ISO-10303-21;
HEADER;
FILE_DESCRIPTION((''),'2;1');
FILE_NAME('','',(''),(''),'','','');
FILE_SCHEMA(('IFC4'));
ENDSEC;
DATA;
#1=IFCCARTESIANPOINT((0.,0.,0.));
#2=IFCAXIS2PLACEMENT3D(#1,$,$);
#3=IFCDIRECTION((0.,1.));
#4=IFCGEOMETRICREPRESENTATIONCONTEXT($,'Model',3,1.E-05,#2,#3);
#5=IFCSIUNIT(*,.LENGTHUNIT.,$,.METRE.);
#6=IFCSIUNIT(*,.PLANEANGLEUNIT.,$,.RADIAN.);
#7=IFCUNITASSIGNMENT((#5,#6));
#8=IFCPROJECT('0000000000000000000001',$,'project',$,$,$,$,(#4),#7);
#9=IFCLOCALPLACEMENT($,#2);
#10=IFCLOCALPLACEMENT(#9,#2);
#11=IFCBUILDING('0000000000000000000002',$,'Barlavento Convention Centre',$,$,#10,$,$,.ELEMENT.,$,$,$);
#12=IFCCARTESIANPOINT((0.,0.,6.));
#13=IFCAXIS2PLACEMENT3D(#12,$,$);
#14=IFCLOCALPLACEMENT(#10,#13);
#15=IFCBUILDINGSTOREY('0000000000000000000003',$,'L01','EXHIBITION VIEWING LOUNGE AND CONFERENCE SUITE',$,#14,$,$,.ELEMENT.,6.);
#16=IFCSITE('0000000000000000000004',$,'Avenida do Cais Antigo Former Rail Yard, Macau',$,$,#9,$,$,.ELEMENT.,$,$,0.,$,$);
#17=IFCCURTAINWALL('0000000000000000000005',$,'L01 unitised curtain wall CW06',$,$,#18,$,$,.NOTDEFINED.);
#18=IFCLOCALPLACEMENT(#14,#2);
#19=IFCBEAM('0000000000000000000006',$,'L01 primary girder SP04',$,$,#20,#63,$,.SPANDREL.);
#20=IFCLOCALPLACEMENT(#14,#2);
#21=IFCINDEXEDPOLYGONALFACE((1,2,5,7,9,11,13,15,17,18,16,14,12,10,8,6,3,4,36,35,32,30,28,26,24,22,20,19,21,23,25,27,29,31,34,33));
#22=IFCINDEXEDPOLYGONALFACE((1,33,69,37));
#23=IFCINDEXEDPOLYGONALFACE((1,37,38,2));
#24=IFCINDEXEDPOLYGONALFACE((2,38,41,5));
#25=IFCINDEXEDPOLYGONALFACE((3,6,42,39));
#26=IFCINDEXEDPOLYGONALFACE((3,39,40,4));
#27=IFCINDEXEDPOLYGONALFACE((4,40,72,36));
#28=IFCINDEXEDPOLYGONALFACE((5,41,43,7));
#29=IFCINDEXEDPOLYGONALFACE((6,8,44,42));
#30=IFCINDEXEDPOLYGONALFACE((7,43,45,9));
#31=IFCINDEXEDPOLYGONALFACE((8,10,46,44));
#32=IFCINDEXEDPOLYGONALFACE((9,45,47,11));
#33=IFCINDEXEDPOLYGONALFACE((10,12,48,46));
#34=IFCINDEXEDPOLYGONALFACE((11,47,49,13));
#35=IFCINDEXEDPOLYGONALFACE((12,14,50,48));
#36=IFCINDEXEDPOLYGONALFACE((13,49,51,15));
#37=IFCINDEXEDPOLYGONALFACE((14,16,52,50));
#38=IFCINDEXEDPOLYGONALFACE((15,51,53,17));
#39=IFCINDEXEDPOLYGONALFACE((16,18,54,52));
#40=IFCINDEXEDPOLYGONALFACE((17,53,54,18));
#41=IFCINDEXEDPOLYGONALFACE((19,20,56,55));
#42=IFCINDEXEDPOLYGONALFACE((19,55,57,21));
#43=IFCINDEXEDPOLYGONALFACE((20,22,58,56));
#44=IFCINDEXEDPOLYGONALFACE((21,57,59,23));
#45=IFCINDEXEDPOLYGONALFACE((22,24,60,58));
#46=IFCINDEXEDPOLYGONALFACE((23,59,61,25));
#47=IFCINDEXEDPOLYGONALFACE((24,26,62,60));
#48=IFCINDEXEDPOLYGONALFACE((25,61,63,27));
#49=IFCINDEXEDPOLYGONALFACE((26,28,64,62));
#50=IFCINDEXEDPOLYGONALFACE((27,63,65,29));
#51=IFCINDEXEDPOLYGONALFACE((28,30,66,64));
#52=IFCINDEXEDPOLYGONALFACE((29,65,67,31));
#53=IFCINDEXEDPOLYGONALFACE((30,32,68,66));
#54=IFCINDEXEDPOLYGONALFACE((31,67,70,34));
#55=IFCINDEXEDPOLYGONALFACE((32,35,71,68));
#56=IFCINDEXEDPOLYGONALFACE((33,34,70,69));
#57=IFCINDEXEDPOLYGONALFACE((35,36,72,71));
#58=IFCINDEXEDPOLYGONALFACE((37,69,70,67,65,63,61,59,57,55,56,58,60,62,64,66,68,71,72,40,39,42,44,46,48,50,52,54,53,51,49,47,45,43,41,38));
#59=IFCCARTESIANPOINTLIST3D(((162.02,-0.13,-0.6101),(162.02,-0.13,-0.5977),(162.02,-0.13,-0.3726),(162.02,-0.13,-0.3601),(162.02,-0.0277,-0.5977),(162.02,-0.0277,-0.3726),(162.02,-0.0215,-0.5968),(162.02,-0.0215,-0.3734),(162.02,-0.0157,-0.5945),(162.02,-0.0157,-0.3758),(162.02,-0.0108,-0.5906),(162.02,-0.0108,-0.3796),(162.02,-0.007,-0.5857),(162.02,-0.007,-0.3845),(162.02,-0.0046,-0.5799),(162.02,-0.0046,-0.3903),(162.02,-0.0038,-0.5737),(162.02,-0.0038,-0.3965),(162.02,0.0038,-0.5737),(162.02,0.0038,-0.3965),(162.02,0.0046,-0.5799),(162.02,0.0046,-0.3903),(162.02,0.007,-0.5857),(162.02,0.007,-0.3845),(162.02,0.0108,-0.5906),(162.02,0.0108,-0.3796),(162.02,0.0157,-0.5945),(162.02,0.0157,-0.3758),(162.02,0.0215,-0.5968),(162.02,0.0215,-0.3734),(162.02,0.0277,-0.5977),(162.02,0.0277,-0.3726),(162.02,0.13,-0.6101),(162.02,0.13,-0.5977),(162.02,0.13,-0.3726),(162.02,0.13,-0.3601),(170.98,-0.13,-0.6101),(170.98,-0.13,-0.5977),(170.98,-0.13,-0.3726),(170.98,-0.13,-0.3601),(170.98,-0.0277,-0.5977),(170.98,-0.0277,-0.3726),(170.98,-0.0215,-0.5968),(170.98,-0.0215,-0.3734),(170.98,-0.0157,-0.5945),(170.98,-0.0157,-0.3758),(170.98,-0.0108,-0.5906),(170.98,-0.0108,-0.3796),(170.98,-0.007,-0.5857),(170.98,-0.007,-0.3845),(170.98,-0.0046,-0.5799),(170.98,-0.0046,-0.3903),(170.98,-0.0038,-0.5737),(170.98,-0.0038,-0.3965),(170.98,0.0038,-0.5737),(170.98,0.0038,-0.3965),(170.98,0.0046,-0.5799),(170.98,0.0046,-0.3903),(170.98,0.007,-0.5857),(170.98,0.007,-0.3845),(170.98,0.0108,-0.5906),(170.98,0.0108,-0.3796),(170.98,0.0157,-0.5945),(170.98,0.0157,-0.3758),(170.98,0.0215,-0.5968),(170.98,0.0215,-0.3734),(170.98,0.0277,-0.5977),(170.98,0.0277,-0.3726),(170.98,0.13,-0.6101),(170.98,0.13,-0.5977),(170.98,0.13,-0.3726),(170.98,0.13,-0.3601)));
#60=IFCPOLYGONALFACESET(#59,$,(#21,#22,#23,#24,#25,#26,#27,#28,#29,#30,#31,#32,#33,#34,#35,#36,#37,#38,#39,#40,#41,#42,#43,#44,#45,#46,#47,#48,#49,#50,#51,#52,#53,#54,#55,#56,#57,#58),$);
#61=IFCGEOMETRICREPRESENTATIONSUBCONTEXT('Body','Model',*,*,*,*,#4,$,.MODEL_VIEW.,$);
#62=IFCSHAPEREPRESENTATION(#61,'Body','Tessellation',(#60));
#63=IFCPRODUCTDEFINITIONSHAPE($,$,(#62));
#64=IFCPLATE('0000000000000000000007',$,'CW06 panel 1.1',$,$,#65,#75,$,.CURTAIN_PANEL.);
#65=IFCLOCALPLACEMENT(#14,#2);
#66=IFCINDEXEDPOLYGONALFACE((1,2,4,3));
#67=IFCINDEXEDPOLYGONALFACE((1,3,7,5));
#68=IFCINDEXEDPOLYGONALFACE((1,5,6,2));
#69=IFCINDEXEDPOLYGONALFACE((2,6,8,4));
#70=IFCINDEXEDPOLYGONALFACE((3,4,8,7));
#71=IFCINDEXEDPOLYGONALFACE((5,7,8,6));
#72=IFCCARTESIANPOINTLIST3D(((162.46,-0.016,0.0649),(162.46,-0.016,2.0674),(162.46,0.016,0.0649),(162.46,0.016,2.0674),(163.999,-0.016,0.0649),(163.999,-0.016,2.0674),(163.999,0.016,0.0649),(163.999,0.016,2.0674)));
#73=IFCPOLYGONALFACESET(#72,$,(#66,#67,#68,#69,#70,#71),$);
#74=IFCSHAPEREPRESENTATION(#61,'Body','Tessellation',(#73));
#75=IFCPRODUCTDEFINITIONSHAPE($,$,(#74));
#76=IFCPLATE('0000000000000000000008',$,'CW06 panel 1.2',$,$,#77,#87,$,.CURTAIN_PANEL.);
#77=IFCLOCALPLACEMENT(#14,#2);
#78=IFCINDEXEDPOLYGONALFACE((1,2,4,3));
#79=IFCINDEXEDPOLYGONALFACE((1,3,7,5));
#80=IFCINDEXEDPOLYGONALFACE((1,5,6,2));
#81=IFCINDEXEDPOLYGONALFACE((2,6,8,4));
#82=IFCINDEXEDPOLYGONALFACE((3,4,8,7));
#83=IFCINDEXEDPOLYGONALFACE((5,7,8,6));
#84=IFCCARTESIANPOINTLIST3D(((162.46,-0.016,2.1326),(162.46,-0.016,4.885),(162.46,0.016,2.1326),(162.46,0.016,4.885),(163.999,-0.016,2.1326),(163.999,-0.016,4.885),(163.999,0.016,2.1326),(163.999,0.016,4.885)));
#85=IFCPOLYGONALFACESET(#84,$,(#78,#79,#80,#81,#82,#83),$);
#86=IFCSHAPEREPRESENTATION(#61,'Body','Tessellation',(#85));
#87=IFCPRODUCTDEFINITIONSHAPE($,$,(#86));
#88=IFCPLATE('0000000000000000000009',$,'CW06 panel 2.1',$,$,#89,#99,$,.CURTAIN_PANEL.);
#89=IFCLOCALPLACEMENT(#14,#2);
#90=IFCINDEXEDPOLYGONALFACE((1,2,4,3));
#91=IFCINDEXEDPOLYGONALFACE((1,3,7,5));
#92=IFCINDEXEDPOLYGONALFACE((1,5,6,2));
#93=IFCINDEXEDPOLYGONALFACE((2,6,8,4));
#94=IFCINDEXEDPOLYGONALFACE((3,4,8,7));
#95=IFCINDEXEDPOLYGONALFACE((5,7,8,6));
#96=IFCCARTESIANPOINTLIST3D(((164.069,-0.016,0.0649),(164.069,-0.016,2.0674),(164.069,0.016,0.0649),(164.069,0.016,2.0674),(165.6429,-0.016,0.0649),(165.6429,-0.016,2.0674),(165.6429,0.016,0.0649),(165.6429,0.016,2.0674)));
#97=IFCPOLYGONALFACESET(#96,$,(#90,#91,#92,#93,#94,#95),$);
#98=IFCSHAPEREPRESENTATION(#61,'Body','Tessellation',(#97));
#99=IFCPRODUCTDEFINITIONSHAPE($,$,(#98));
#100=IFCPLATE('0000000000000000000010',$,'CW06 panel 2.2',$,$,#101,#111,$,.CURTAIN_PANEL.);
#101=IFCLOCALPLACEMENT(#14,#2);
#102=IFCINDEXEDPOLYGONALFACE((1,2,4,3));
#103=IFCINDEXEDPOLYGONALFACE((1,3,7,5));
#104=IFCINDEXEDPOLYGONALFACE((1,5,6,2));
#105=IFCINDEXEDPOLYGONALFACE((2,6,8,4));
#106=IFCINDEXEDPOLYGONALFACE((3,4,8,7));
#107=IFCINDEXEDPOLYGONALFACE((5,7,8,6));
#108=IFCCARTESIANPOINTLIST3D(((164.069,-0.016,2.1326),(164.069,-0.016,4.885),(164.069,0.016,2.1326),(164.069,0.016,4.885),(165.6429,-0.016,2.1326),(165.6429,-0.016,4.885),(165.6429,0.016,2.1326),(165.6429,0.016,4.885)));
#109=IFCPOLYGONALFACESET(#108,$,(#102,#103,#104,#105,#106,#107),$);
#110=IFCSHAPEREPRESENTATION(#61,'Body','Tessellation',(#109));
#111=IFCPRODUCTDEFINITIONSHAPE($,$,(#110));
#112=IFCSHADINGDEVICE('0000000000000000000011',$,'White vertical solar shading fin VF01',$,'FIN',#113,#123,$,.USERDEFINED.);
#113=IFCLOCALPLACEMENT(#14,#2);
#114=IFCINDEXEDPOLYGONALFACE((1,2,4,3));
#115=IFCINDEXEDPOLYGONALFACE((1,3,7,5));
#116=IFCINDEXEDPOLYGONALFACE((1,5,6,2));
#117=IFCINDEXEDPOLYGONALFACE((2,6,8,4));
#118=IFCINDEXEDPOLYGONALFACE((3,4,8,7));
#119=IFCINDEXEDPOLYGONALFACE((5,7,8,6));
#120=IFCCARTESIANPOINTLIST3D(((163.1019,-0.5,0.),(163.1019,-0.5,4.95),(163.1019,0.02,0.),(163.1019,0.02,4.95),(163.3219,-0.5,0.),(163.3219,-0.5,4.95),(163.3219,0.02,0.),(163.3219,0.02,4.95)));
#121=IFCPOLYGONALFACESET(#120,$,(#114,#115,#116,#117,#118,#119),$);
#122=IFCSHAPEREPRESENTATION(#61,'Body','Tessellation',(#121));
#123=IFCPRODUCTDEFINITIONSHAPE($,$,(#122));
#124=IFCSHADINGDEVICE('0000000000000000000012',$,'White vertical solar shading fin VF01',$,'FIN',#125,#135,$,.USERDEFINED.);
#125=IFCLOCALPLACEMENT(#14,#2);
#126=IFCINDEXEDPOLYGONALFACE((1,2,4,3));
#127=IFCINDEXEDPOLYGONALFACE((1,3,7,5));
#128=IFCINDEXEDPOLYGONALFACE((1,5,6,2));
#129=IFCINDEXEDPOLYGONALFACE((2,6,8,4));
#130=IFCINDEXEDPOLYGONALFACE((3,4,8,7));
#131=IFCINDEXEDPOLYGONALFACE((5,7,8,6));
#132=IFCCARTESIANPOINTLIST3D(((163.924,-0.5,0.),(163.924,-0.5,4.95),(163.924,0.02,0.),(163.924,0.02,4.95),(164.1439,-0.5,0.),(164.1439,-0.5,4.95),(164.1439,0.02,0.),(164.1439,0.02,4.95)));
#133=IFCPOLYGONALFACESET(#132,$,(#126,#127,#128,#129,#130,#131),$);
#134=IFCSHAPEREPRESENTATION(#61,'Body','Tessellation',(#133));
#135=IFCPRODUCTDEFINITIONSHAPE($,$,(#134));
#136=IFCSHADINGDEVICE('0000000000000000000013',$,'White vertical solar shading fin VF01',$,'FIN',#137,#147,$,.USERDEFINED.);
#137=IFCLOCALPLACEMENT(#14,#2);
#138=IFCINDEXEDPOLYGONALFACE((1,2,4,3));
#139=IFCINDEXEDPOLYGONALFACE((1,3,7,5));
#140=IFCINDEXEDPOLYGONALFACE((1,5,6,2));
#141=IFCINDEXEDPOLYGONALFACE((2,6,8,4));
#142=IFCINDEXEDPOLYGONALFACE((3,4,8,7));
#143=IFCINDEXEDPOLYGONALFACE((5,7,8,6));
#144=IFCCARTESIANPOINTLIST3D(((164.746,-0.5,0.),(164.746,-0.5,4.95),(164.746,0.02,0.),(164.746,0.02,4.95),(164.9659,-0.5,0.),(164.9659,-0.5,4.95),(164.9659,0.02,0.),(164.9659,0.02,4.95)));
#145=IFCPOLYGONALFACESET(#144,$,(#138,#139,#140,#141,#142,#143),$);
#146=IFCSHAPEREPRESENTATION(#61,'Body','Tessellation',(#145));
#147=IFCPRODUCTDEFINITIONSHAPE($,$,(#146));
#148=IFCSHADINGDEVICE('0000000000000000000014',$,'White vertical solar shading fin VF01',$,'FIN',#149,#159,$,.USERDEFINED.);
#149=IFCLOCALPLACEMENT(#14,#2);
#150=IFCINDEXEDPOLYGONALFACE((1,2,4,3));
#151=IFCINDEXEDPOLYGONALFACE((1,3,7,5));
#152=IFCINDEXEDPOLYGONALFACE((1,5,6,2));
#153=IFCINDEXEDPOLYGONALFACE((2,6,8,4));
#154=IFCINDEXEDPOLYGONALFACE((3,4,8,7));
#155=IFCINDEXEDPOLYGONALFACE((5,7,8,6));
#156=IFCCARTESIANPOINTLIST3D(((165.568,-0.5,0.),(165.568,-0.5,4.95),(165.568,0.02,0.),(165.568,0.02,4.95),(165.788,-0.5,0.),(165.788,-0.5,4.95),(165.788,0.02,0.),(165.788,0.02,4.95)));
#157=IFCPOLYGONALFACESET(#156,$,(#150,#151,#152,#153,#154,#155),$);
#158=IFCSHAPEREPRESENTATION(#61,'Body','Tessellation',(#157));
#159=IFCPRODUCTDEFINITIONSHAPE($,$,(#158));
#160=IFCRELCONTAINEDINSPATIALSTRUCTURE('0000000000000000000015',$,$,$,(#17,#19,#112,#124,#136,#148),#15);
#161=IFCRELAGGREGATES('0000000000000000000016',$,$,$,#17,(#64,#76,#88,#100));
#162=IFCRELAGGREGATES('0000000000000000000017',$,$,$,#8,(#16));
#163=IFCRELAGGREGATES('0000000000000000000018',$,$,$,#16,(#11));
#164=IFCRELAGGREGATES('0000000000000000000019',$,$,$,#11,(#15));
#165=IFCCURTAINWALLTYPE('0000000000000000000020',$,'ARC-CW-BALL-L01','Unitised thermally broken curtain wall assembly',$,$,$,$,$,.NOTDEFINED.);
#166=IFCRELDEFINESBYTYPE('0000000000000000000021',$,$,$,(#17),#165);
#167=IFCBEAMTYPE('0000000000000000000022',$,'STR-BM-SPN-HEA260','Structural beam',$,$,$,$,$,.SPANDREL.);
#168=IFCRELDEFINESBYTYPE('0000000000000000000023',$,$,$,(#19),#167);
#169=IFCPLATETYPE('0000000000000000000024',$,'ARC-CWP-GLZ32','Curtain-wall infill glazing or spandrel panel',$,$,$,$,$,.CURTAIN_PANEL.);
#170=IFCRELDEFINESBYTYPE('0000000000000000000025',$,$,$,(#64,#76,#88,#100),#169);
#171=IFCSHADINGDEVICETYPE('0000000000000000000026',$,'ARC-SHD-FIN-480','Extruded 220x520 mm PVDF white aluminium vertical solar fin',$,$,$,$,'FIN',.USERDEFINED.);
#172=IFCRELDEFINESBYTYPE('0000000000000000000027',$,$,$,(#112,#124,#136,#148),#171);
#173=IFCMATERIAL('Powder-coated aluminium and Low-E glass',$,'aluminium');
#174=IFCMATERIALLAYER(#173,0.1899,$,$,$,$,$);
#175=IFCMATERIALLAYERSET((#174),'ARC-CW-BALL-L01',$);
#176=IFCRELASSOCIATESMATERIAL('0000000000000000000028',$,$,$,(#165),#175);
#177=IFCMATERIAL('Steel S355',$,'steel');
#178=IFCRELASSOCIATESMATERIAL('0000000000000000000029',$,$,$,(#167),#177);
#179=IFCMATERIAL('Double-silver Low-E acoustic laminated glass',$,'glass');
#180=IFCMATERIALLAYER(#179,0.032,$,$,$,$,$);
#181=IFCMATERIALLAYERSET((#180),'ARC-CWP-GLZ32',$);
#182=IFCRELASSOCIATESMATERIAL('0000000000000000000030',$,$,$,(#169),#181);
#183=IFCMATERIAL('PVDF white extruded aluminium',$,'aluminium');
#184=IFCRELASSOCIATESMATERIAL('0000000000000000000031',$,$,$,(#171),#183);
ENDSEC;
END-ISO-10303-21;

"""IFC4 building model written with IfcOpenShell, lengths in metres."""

from ifc_helpers import new_model, si_unit, direction, frame, origin, origin_2d, place, context, subcontext, project, spatial, rectangle, i_section, extrude, material, layer, layer_set, material_profile, profile_set, type_object, element, aggregate, save


model = new_model("IFC4")

# Units and contexts
model_context = context("Model", 3, precision=1e-05, world=origin(), true_north=direction((0.0, 1.0)))
body_context = subcontext(model_context, "Body", "Model", "MODEL_VIEW")
ifc_project = project(units=[si_unit("LENGTHUNIT", "METRE"), si_unit("PLANEANGLEUNIT", "RADIAN")], contexts=[model_context])

# Site, building, storey
site_placement = place(None, origin())
site = spatial("IfcSite", under=ifc_project, at=site_placement, Name="Avenida do Cais Antigo Former Rail Yard, Macau", CompositionType="ELEMENT", RefElevation=0.0)
building_placement = place(site_placement, origin())
building = spatial("IfcBuilding", under=site, at=building_placement, Name="Barlavento Convention Centre", CompositionType="ELEMENT")
storey_placement = place(building_placement, frame((0.0, 0.0, 6.0)))
storey = spatial("IfcBuildingStorey", under=building, at=storey_placement, Name="L01", Description="EXHIBITION VIEWING LOUNGE AND CONFERENCE SUITE", CompositionType="ELEMENT", Elevation=6.0)

# Curtain wall
ifc_material_1 = material(Name="Powder-coated aluminium and Low-E glass", Category="aluminium")
ifc_layer_1 = layer(ifc_material_1, 0.1899)
ifc_layer_set_1 = layer_set([ifc_layer_1], Name="ARC-CW-BALL-L01")
curtain_wall_type = type_object("IfcCurtainWallType", Name="ARC-CW-BALL-L01", Description="Unitised thermally broken curtain wall assembly", PredefinedType="NOTDEFINED", material=ifc_layer_set_1)
curtain_wall_placement = place(storey_placement, origin())
curtain_wall = element("IfcCurtainWall", 1, at=curtain_wall_placement, inside=storey, type_object=curtain_wall_type, Name="L01 unitised curtain wall CW06", PredefinedType="NOTDEFINED")

# Beam
ifc_material_2 = material(Name="Steel S355", Category="steel")
ifc_material_profile_1 = material_profile(ifc_material_2, i_section(OverallWidth=0.26, OverallDepth=0.25, WebThickness=0.0076, FlangeThickness=0.0125, FilletRadius=0.0239, at=origin_2d()), Name="HEA 260")
ifc_profile_set_1 = profile_set([ifc_material_profile_1], Name="Steel S355")
beam_type = type_object("IfcBeamType", Name="STR-BM-SPN-HEA260", Description="Structural beam", PredefinedType="SPANDREL", material=ifc_profile_set_1)
beam_placement = place(storey_placement, frame((162.02, 0.0, -0.4851), z_axis=(1.0, 0.0, 0.0), x_axis=(0.0, 1.0, 0.0)))
element("IfcBeam", 2, at=beam_placement, inside=storey, type_object=beam_type, Name="L01 primary girder SP04", PredefinedType="SPANDREL", context=body_context, shape_type="SweptSolid", body=[
    extrude(i_section(OverallWidth=0.26, OverallDepth=0.25, WebThickness=0.0076, FlangeThickness=0.0125, FilletRadius=0.0239, at=origin_2d()), origin(), (0.0, 0.0, 1.0), 8.96),
])

# Plates
ifc_material_3 = material(Name="Double-silver Low-E acoustic laminated glass", Category="glass")
ifc_layer_2 = layer(ifc_material_3, 0.032)
ifc_layer_set_2 = layer_set([ifc_layer_2], Name="ARC-CWP-GLZ32")
plate_type = type_object("IfcPlateType", Name="ARC-CWP-GLZ32", Description="Curtain-wall infill glazing or spandrel panel", PredefinedType="CURTAIN_PANEL", material=ifc_layer_set_2)
plate_1_placement = place(storey_placement, frame((163.2295, 0.0, 0.0649), z_axis=(0.0, 0.0, 1.0), x_axis=(1.0, 0.0, 0.0)))
plate_1 = element("IfcPlate", 3, at=plate_1_placement, type_object=plate_type, Name="CW06 panel 1.1", PredefinedType="CURTAIN_PANEL", context=body_context, shape_type="SweptSolid", body=[
    extrude(rectangle(XDim=1.5391, YDim=0.032, at=origin_2d()), origin(), (0.0, 0.0, 1.0), 2.0024),
])
plate_2_placement = place(storey_placement, frame((163.2295, 0.0, 2.1326), z_axis=(0.0, 0.0, 1.0), x_axis=(1.0, 0.0, 0.0)))
plate_2 = element("IfcPlate", 4, at=plate_2_placement, type_object=plate_type, Name="CW06 panel 1.2", PredefinedType="CURTAIN_PANEL", context=body_context, shape_type="SweptSolid", body=[
    extrude(rectangle(XDim=1.5391, YDim=0.032, at=origin_2d()), origin(), (0.0, 0.0, 1.0), 2.7524),
])
plate_3_placement = place(storey_placement, frame((164.856, 0.0, 0.0649), z_axis=(0.0, 0.0, 1.0), x_axis=(1.0, 0.0, 0.0)))
plate_3 = element("IfcPlate", 5, at=plate_3_placement, type_object=plate_type, Name="CW06 panel 2.1", PredefinedType="CURTAIN_PANEL", context=body_context, shape_type="SweptSolid", body=[
    extrude(rectangle(XDim=1.574, YDim=0.032, at=origin_2d()), origin(), (0.0, 0.0, 1.0), 2.0024),
])
plate_4_placement = place(storey_placement, frame((164.856, 0.0, 2.1326), z_axis=(0.0, 0.0, 1.0), x_axis=(1.0, 0.0, 0.0)))
plate_4 = element("IfcPlate", 6, at=plate_4_placement, type_object=plate_type, Name="CW06 panel 2.2", PredefinedType="CURTAIN_PANEL", context=body_context, shape_type="SweptSolid", body=[
    extrude(rectangle(XDim=1.574, YDim=0.032, at=origin_2d()), origin(), (0.0, 0.0, 1.0), 2.7524),
])
aggregate(curtain_wall, [plate_1, plate_2, plate_3, plate_4])

# Shading devices
ifc_material_4 = material(Name="PVDF white extruded aluminium", Category="aluminium")
shading_device_type = type_object("IfcShadingDeviceType", Name="ARC-SHD-FIN-480", Description="Extruded 220x520 mm PVDF white aluminium vertical solar fin", ElementType="FIN", PredefinedType="USERDEFINED", material=ifc_material_4)
for number, where, z_axis, x_axis, name in (
    (7, (163.2119, -0.24, 0.0), (0.0, 0.0, 1.0), (1.0, 0.0, 0.0), "White vertical solar shading fin VF01"),
    (8, (164.0339, -0.24, 0.0), (0.0, 0.0, 1.0), (1.0, 0.0, 0.0), "White vertical solar shading fin VF01"),
    (9, (164.856, -0.24, 0.0), (0.0, 0.0, 1.0), (1.0, 0.0, 0.0), "White vertical solar shading fin VF01"),
    (10, (165.678, -0.24, 0.0), (0.0, 0.0, 1.0), (1.0, 0.0, 0.0), "White vertical solar shading fin VF01"),
):
    element("IfcShadingDevice", number, at=place(storey_placement, frame(where, z_axis=z_axis, x_axis=x_axis)), inside=storey, type_object=shading_device_type, Name=name, ObjectType="FIN", PredefinedType="USERDEFINED", context=body_context, shape_type="SweptSolid", body=[
        extrude(rectangle(XDim=0.22, YDim=0.52, at=origin_2d()), origin(), (0.0, 0.0, 1.0), 4.95),
    ])

save(model, "model.ifc")
